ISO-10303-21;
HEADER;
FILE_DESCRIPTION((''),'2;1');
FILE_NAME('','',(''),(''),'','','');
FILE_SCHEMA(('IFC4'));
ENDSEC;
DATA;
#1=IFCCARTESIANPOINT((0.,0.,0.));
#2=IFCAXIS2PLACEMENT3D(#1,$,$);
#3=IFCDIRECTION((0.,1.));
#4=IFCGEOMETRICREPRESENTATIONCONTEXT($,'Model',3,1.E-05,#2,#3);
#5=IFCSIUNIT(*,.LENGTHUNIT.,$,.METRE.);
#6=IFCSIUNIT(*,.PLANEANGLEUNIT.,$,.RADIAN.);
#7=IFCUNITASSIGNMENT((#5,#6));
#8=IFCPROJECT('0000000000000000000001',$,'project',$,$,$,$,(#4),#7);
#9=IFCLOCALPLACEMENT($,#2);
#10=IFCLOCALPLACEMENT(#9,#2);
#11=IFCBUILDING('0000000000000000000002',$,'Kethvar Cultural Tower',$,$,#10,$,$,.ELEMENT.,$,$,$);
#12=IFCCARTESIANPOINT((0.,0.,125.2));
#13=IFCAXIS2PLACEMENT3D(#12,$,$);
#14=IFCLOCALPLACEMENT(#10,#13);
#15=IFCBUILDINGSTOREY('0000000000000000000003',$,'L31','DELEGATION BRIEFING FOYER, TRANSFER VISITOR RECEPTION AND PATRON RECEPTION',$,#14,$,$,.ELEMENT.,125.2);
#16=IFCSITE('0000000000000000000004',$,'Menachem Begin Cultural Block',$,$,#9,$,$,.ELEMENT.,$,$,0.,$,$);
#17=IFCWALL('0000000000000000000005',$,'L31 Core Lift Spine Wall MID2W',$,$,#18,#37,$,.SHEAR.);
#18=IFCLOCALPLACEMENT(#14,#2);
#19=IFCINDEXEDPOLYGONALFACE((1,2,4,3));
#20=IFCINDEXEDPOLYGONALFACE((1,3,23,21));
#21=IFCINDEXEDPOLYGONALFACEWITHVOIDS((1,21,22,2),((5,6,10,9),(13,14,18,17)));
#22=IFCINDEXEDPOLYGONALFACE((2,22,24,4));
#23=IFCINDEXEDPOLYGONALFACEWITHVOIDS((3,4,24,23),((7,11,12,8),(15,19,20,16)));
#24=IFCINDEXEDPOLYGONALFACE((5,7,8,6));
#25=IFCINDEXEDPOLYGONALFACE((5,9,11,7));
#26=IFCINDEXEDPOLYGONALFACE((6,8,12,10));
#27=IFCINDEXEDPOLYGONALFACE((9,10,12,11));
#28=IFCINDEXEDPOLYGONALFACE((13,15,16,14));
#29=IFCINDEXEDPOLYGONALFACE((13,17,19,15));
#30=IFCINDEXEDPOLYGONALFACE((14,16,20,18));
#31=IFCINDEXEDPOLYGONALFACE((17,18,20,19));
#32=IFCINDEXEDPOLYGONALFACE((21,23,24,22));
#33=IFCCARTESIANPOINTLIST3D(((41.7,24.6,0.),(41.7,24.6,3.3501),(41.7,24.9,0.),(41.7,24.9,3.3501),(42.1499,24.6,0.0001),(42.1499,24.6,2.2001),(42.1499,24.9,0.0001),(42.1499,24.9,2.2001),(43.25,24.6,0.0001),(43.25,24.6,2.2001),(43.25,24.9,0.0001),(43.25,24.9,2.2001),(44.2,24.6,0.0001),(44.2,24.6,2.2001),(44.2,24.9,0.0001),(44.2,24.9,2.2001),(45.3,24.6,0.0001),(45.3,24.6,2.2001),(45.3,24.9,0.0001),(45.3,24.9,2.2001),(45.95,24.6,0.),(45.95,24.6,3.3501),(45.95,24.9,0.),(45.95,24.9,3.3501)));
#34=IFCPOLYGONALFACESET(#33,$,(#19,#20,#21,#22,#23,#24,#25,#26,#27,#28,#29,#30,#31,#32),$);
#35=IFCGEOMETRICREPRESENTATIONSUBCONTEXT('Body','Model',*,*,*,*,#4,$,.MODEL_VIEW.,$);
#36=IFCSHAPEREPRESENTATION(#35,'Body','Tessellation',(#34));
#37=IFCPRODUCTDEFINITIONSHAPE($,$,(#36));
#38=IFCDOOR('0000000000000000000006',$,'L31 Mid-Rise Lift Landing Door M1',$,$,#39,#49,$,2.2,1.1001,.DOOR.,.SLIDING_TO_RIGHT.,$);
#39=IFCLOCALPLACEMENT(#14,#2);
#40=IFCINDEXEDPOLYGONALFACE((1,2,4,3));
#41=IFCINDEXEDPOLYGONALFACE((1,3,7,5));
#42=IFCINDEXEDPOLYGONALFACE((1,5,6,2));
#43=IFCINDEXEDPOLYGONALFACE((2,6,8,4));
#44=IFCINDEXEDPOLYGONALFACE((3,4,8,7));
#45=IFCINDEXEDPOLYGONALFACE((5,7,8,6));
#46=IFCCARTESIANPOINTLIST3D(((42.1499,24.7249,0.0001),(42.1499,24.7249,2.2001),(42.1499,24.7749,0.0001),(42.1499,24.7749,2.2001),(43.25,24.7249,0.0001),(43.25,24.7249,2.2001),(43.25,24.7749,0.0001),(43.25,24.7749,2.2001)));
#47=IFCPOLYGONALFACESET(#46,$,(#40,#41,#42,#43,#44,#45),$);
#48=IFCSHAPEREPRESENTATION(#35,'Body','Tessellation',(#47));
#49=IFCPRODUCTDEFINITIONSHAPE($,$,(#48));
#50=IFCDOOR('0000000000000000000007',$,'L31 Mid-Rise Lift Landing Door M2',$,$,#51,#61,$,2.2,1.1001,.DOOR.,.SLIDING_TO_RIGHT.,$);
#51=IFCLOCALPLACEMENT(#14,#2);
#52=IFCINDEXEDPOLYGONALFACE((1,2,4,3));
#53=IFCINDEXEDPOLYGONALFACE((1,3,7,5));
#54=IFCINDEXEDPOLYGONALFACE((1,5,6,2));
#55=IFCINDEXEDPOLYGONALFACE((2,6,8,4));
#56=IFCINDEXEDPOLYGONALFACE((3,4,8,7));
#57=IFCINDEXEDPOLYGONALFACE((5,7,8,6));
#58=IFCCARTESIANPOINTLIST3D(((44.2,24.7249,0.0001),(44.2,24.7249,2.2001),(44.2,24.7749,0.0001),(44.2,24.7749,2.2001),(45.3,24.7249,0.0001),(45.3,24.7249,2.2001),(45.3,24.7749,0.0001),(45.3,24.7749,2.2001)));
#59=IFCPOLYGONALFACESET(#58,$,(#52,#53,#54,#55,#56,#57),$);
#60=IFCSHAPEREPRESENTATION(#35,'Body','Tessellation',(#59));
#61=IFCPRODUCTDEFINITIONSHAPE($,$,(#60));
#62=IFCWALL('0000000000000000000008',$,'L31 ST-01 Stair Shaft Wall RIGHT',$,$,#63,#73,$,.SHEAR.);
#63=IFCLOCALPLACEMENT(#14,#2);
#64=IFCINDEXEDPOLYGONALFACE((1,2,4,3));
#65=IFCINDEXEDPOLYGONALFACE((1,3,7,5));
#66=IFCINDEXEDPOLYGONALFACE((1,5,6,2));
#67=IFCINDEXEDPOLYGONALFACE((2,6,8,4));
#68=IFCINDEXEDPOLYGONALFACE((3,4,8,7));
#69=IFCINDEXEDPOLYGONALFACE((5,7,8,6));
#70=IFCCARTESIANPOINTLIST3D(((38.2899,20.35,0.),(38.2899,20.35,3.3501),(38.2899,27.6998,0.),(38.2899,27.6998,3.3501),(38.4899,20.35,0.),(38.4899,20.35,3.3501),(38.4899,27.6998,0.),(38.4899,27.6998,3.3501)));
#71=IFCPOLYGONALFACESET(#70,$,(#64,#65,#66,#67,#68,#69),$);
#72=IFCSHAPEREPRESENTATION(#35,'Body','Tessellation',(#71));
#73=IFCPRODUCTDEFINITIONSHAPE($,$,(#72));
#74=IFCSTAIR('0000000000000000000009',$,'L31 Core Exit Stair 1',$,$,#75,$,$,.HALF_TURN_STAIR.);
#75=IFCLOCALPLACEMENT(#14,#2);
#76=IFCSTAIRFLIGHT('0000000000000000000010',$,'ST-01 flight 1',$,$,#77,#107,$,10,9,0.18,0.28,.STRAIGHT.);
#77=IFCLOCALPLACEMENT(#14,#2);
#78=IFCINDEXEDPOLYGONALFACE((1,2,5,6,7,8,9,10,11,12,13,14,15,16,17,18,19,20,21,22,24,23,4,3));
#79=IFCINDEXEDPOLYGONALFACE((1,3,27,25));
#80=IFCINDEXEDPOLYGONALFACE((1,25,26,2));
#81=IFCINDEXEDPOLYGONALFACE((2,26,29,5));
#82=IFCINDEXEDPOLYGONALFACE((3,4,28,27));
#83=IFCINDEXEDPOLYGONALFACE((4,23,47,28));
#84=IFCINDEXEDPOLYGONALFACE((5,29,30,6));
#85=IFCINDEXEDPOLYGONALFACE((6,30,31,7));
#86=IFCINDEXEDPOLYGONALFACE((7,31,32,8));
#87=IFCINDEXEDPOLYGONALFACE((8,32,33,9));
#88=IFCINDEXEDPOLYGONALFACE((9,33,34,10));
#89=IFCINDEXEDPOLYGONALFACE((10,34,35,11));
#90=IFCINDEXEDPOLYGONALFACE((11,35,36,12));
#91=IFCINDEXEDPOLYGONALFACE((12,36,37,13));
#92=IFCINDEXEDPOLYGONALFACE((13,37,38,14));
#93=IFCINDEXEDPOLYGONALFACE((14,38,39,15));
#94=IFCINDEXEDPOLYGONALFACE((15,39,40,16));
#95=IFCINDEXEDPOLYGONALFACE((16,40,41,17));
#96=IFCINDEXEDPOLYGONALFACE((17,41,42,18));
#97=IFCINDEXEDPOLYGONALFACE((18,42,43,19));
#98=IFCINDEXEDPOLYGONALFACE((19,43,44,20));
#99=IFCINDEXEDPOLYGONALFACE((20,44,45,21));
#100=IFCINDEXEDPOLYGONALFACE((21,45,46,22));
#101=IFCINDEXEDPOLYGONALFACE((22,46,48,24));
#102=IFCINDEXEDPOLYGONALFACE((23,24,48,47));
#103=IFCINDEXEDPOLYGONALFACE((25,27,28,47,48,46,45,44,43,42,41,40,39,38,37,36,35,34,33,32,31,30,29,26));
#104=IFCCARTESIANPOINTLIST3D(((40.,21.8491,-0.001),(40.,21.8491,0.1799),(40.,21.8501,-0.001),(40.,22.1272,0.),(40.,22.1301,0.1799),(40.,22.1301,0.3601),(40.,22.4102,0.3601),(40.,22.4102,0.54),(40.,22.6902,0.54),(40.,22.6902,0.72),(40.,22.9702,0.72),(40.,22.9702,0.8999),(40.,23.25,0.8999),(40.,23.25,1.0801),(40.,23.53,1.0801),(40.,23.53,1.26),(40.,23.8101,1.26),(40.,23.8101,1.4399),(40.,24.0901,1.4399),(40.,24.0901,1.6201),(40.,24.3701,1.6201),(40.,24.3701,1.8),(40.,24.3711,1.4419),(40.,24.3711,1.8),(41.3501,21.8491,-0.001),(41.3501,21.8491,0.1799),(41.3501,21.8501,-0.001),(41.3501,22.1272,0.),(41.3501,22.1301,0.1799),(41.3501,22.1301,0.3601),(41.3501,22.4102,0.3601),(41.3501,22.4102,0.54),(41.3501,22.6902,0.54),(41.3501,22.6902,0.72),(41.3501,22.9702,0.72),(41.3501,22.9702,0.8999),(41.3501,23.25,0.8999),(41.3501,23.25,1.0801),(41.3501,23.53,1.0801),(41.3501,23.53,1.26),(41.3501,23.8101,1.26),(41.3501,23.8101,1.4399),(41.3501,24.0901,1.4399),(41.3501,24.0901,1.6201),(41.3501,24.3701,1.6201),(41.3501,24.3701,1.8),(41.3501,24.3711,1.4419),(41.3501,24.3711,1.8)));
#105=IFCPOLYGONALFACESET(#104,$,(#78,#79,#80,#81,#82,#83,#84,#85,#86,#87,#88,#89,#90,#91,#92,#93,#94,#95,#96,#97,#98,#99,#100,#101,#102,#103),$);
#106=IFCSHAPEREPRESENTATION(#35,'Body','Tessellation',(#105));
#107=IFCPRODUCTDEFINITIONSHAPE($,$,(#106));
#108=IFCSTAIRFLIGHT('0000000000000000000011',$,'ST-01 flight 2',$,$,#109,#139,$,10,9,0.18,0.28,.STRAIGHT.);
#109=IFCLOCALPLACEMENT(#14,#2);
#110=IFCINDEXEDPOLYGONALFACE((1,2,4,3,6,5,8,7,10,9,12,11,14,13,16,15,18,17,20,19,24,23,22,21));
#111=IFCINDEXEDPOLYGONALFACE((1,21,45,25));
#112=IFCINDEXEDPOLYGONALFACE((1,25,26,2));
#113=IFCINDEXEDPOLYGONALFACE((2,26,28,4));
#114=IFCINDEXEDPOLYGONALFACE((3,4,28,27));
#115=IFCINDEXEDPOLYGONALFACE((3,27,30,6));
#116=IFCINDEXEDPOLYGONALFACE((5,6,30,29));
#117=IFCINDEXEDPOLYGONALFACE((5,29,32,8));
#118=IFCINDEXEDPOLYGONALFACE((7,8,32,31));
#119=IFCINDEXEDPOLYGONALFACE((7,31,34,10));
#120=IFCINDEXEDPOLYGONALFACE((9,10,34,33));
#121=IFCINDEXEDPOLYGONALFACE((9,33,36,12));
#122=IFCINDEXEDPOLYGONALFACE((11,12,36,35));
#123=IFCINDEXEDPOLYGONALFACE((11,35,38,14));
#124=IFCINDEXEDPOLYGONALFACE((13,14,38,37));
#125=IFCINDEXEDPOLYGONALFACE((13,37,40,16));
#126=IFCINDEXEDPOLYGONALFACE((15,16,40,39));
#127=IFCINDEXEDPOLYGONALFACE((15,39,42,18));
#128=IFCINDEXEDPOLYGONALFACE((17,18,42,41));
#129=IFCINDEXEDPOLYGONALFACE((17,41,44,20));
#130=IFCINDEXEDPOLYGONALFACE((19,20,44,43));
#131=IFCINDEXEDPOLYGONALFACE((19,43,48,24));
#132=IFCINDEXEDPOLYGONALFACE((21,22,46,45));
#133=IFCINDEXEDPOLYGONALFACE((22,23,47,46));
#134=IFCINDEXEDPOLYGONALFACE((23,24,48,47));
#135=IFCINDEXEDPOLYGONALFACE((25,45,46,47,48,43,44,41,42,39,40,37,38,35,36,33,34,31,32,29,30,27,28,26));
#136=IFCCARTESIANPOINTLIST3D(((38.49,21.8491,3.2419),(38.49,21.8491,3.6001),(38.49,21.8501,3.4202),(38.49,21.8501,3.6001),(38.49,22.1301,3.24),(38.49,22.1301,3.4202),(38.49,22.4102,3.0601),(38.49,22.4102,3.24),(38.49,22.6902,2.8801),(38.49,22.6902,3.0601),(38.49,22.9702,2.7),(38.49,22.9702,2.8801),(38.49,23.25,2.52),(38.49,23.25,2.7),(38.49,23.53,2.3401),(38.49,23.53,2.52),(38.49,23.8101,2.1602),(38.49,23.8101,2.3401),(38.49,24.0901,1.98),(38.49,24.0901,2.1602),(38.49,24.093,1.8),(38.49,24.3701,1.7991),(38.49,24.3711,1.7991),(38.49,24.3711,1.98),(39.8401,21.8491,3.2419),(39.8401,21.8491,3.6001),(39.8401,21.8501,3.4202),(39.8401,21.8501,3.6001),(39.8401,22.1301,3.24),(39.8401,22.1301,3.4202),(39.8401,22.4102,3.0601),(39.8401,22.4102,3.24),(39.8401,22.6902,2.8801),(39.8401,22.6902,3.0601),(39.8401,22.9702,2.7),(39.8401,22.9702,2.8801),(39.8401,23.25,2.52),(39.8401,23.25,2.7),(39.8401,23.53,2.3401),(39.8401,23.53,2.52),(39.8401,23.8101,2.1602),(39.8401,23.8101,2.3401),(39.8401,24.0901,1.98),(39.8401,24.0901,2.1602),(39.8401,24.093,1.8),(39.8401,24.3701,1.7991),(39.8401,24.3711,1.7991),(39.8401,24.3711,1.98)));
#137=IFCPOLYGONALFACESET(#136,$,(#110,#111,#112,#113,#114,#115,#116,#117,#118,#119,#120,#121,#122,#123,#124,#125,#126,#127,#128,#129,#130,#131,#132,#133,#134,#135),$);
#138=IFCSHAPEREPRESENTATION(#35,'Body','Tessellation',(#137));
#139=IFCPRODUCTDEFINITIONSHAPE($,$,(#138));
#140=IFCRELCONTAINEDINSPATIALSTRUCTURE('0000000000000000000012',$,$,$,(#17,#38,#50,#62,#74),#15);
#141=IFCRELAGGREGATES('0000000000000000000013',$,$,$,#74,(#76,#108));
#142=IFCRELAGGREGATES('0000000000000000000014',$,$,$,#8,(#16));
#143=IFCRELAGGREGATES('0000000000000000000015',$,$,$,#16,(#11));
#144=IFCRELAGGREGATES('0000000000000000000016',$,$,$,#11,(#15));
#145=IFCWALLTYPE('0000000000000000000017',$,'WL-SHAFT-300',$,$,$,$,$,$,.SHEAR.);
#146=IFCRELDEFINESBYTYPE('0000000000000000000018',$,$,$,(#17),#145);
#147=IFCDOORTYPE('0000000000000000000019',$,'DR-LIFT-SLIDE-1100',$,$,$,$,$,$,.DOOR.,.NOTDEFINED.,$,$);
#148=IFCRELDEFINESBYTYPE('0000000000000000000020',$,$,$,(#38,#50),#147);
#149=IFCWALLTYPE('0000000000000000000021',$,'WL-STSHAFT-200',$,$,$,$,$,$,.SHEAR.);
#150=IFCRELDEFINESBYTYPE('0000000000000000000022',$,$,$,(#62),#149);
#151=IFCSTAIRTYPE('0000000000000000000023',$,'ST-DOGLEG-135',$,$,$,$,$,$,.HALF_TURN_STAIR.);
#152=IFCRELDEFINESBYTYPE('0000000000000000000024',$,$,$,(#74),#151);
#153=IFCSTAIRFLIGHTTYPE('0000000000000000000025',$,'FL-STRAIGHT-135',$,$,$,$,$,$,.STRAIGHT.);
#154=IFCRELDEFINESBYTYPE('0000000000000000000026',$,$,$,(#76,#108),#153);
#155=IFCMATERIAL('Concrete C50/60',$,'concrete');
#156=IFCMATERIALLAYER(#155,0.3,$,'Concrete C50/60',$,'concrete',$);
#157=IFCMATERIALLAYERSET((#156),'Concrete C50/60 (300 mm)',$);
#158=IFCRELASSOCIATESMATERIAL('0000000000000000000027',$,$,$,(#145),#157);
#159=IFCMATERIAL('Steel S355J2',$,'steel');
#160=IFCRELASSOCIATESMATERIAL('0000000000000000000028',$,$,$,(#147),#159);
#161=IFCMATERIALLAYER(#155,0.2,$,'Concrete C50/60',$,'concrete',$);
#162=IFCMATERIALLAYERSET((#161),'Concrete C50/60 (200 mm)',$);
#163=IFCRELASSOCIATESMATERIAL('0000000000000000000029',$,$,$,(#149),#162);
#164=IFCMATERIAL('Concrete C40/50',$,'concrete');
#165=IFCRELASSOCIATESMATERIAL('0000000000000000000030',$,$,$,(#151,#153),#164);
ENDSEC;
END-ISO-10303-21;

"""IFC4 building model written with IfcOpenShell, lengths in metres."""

from ifc_helpers import new_model, si_unit, direction, frame, frame_2d, origin, place, context, subcontext, project, spatial, polyline, rectangle, outline, extrude, source, transform, mapped, material, layer, layer_set, type_object, element, fill, aggregate, save


model = new_model("IFC4")

# Units and contexts
model_context = context("Model", 3, precision=1e-05, world=origin(), true_north=direction((0.0, 1.0)))
body_context = subcontext(model_context, "Body", "Model", "MODEL_VIEW")
ifc_project = project(units=[si_unit("LENGTHUNIT", "METRE"), si_unit("PLANEANGLEUNIT", "RADIAN")], contexts=[model_context])

# Site, building, storey
site_placement = place(None, origin())
site = spatial("IfcSite", under=ifc_project, at=site_placement, Name="Menachem Begin Cultural Block", CompositionType="ELEMENT", RefElevation=0.0)
building_placement = place(site_placement, origin())
building = spatial("IfcBuilding", under=site, at=building_placement, Name="Kethvar Cultural Tower", CompositionType="ELEMENT")
storey_placement = place(building_placement, frame((0.0, 0.0, 125.2)))
storey = spatial("IfcBuildingStorey", under=building, at=storey_placement, Name="L31", Description="DELEGATION BRIEFING FOYER, TRANSFER VISITOR RECEPTION AND PATRON RECEPTION", CompositionType="ELEMENT", Elevation=125.2)

# Shared definitions
ifc_material_1 = material(Name="Steel S355J2", Category="steel")

# Wall, openings, doors
ifc_material_2 = material(Name="Concrete C50/60", Category="concrete")
ifc_layer_1 = layer(ifc_material_2, 0.3, Name="Concrete C50/60", Category="concrete")
ifc_layer_set_1 = layer_set([ifc_layer_1], Name="Concrete C50/60 (300 mm)")
wall_type_1 = type_object("IfcWallType", Name="WL-SHAFT-300", PredefinedType="SHEAR", material=ifc_layer_set_1)
door_type_1 = type_object("IfcDoorType", Name="DR-LIFT-SLIDE-1100", OperationType="NOTDEFINED", PredefinedType="DOOR", material=ifc_material_1)
shared_shape_1 = source(origin(), body_context, "Body", "SweptSolid", [
    extrude(rectangle(XDim=1.1001, YDim=2.2, at=frame_2d((0.55, 1.1001))), frame((0.0, 0.0249, 0.0), z_axis=(0.0, -1.0, 0.0), x_axis=(1.0, 0.0, 0.0)), (0.0, 0.0, 1.0), 0.05),
])
wall_1_placement = place(storey_placement, frame((41.7, 24.75, 0.0), z_axis=(0.0, 0.0, 1.0), x_axis=(1.0, 0.0, 0.0)))
wall_1 = element("IfcWall", 1, at=wall_1_placement, inside=storey, type_object=wall_type_1, Name="L31 Core Lift Spine Wall MID2W", PredefinedType="SHEAR", context=body_context, shape_type="SweptSolid", body=[
    extrude(rectangle(XDim=4.25, YDim=0.3, at=frame_2d((2.125, 0.0))), origin(), (0.0, 0.0, 1.0), 3.3501),
])
opening_1_placement = place(wall_1_placement, frame((0.45, 0.0, 0.0)))
opening_1 = element("IfcOpeningElement", 2, at=opening_1_placement, cuts=wall_1, PredefinedType="OPENING", context=body_context, shape_type="SweptSolid", body=[
    extrude(rectangle(XDim=1.1001, YDim=2.2, at=frame_2d((0.55, 1.1001))), frame((0.0, 0.1599, 0.0), z_axis=(0.0, -1.0, 0.0), x_axis=(1.0, 0.0, 0.0)), (0.0, 0.0, 1.0), 0.3201),
])
opening_2_placement = place(wall_1_placement, frame((2.5, 0.0, 0.0)))
opening_2 = element("IfcOpeningElement", 3, at=opening_2_placement, cuts=wall_1, PredefinedType="OPENING", context=body_context, shape_type="SweptSolid", body=[
    extrude(rectangle(XDim=1.1001, YDim=2.2, at=frame_2d((0.55, 1.1001))), frame((0.0, 0.1599, 0.0), z_axis=(0.0, -1.0, 0.0), x_axis=(1.0, 0.0, 0.0)), (0.0, 0.0, 1.0), 0.3201),
])
door_1_placement = place(opening_1_placement, origin())
door_1 = element("IfcDoor", 4, at=door_1_placement, inside=storey, type_object=door_type_1, Name="L31 Mid-Rise Lift Landing Door M1", OperationType="SLIDING_TO_RIGHT", OverallHeight=2.2, OverallWidth=1.1001, PredefinedType="DOOR", context=body_context, shape_type="MappedRepresentation", body=[
    mapped(shared_shape_1, transform((0.0, 0.0, 0.0), scale=1.0)),
])
fill(opening_1, door_1)
door_2_placement = place(opening_2_placement, origin())
door_2 = element("IfcDoor", 5, at=door_2_placement, inside=storey, type_object=door_type_1, Name="L31 Mid-Rise Lift Landing Door M2", OperationType="SLIDING_TO_RIGHT", OverallHeight=2.2, OverallWidth=1.1001, PredefinedType="DOOR", context=body_context, shape_type="MappedRepresentation", body=[
    mapped(shared_shape_1, transform((0.0, 0.0, 0.0), scale=1.0)),
])
fill(opening_2, door_2)

# Wall
ifc_layer_2 = layer(ifc_material_2, 0.2, Name="Concrete C50/60", Category="concrete")
ifc_layer_set_2 = layer_set([ifc_layer_2], Name="Concrete C50/60 (200 mm)")
wall_type_2 = type_object("IfcWallType", Name="WL-STSHAFT-200", PredefinedType="SHEAR", material=ifc_layer_set_2)
wall_2_placement = place(storey_placement, frame((38.3899, 20.3501, 0.0), z_axis=(0.0, 0.0, 1.0), x_axis=(0.0, 1.0, 0.0)))
element("IfcWall", 6, at=wall_2_placement, inside=storey, type_object=wall_type_2, Name="L31 ST-01 Stair Shaft Wall RIGHT", PredefinedType="SHEAR", context=body_context, shape_type="SweptSolid", body=[
    extrude(rectangle(XDim=7.3499, YDim=0.2, at=frame_2d((3.6748, 0.0))), origin(), (0.0, 0.0, 1.0), 3.3501),
])

# Stair, stair flights
ifc_material_3 = material(Name="Concrete C40/50", Category="concrete")
stair_type = type_object("IfcStairType", Name="ST-DOGLEG-135", PredefinedType="HALF_TURN_STAIR", material=ifc_material_3)
stair_placement = place(storey_placement, origin())
stair = element("IfcStair", 7, at=stair_placement, inside=storey, type_object=stair_type, Name="L31 Core Exit Stair 1", PredefinedType="HALF_TURN_STAIR")
stair_flight_type = type_object("IfcStairFlightType", Name="FL-STRAIGHT-135", PredefinedType="STRAIGHT", material=ifc_material_3)
stair_flight_1_placement = place(storey_placement, frame((40.675, 21.8501, 0.0), z_axis=(0.0, 0.0, 1.0), x_axis=(0.0, 1.0, 0.0)))
stair_flight_1 = element("IfcStairFlight", 8, at=stair_flight_1_placement, type_object=stair_flight_type, Name="ST-01 flight 1", NumberOfRisers=10, NumberOfTreads=9, PredefinedType="STRAIGHT", RiserHeight=0.18, TreadLength=0.28, context=body_context, shape_type="SweptSolid", body=[
    extrude(outline(polyline([(-0.001, -0.001), (-0.001, 0.1799), (0.28, 0.1799), (0.28, 0.3601), (0.5601, 0.3601), (0.5601, 0.54), (0.8401, 0.54), (0.8401, 0.72), (1.1201, 0.72), (1.1201, 0.8999), (1.3999, 0.8999), (1.3999, 1.0801), (1.6799, 1.0801), (1.6799, 1.26), (1.96, 1.26), (1.96, 1.4399), (2.24, 1.4399), (2.24, 1.6201), (2.52, 1.6201), (2.52, 1.8), (2.521, 1.8), (2.521, 1.4419), (0.2771, 0.0), (0.0, -0.001), (-0.001, -0.001)])), frame((0.0, 0.675, 0.0), z_axis=(0.0, -1.0, 0.0), x_axis=(1.0, 0.0, 0.0)), (0.0, 0.0, 1.0), 1.3501),
])
stair_flight_2_placement = place(storey_placement, frame((39.165, 24.3701, 1.8), z_axis=(0.0, 0.0, 1.0), x_axis=(0.0, -1.0, 0.0)))
stair_flight_2 = element("IfcStairFlight", 9, at=stair_flight_2_placement, type_object=stair_flight_type, Name="ST-01 flight 2", NumberOfRisers=10, NumberOfTreads=9, PredefinedType="STRAIGHT", RiserHeight=0.18, TreadLength=0.28, context=body_context, shape_type="SweptSolid", body=[
    extrude(outline(polyline([(-0.001, -0.001), (-0.001, 0.1799), (0.28, 0.1799), (0.28, 0.3601), (0.5601, 0.3601), (0.5601, 0.54), (0.8401, 0.54), (0.8401, 0.72), (1.1201, 0.72), (1.1201, 0.8999), (1.3999, 0.8999), (1.3999, 1.0801), (1.6799, 1.0801), (1.6799, 1.26), (1.96, 1.26), (1.96, 1.4399), (2.24, 1.4399), (2.24, 1.6201), (2.52, 1.6201), (2.52, 1.8), (2.521, 1.8), (2.521, 1.4419), (0.2771, 0.0), (0.0, -0.001), (-0.001, -0.001)])), frame((0.0, 0.675, 0.0), z_axis=(0.0, -1.0, 0.0), x_axis=(1.0, 0.0, 0.0)), (0.0, 0.0, 1.0), 1.3501),
])
aggregate(stair, [stair_flight_1, stair_flight_2])

save(model, "model.ifc")
